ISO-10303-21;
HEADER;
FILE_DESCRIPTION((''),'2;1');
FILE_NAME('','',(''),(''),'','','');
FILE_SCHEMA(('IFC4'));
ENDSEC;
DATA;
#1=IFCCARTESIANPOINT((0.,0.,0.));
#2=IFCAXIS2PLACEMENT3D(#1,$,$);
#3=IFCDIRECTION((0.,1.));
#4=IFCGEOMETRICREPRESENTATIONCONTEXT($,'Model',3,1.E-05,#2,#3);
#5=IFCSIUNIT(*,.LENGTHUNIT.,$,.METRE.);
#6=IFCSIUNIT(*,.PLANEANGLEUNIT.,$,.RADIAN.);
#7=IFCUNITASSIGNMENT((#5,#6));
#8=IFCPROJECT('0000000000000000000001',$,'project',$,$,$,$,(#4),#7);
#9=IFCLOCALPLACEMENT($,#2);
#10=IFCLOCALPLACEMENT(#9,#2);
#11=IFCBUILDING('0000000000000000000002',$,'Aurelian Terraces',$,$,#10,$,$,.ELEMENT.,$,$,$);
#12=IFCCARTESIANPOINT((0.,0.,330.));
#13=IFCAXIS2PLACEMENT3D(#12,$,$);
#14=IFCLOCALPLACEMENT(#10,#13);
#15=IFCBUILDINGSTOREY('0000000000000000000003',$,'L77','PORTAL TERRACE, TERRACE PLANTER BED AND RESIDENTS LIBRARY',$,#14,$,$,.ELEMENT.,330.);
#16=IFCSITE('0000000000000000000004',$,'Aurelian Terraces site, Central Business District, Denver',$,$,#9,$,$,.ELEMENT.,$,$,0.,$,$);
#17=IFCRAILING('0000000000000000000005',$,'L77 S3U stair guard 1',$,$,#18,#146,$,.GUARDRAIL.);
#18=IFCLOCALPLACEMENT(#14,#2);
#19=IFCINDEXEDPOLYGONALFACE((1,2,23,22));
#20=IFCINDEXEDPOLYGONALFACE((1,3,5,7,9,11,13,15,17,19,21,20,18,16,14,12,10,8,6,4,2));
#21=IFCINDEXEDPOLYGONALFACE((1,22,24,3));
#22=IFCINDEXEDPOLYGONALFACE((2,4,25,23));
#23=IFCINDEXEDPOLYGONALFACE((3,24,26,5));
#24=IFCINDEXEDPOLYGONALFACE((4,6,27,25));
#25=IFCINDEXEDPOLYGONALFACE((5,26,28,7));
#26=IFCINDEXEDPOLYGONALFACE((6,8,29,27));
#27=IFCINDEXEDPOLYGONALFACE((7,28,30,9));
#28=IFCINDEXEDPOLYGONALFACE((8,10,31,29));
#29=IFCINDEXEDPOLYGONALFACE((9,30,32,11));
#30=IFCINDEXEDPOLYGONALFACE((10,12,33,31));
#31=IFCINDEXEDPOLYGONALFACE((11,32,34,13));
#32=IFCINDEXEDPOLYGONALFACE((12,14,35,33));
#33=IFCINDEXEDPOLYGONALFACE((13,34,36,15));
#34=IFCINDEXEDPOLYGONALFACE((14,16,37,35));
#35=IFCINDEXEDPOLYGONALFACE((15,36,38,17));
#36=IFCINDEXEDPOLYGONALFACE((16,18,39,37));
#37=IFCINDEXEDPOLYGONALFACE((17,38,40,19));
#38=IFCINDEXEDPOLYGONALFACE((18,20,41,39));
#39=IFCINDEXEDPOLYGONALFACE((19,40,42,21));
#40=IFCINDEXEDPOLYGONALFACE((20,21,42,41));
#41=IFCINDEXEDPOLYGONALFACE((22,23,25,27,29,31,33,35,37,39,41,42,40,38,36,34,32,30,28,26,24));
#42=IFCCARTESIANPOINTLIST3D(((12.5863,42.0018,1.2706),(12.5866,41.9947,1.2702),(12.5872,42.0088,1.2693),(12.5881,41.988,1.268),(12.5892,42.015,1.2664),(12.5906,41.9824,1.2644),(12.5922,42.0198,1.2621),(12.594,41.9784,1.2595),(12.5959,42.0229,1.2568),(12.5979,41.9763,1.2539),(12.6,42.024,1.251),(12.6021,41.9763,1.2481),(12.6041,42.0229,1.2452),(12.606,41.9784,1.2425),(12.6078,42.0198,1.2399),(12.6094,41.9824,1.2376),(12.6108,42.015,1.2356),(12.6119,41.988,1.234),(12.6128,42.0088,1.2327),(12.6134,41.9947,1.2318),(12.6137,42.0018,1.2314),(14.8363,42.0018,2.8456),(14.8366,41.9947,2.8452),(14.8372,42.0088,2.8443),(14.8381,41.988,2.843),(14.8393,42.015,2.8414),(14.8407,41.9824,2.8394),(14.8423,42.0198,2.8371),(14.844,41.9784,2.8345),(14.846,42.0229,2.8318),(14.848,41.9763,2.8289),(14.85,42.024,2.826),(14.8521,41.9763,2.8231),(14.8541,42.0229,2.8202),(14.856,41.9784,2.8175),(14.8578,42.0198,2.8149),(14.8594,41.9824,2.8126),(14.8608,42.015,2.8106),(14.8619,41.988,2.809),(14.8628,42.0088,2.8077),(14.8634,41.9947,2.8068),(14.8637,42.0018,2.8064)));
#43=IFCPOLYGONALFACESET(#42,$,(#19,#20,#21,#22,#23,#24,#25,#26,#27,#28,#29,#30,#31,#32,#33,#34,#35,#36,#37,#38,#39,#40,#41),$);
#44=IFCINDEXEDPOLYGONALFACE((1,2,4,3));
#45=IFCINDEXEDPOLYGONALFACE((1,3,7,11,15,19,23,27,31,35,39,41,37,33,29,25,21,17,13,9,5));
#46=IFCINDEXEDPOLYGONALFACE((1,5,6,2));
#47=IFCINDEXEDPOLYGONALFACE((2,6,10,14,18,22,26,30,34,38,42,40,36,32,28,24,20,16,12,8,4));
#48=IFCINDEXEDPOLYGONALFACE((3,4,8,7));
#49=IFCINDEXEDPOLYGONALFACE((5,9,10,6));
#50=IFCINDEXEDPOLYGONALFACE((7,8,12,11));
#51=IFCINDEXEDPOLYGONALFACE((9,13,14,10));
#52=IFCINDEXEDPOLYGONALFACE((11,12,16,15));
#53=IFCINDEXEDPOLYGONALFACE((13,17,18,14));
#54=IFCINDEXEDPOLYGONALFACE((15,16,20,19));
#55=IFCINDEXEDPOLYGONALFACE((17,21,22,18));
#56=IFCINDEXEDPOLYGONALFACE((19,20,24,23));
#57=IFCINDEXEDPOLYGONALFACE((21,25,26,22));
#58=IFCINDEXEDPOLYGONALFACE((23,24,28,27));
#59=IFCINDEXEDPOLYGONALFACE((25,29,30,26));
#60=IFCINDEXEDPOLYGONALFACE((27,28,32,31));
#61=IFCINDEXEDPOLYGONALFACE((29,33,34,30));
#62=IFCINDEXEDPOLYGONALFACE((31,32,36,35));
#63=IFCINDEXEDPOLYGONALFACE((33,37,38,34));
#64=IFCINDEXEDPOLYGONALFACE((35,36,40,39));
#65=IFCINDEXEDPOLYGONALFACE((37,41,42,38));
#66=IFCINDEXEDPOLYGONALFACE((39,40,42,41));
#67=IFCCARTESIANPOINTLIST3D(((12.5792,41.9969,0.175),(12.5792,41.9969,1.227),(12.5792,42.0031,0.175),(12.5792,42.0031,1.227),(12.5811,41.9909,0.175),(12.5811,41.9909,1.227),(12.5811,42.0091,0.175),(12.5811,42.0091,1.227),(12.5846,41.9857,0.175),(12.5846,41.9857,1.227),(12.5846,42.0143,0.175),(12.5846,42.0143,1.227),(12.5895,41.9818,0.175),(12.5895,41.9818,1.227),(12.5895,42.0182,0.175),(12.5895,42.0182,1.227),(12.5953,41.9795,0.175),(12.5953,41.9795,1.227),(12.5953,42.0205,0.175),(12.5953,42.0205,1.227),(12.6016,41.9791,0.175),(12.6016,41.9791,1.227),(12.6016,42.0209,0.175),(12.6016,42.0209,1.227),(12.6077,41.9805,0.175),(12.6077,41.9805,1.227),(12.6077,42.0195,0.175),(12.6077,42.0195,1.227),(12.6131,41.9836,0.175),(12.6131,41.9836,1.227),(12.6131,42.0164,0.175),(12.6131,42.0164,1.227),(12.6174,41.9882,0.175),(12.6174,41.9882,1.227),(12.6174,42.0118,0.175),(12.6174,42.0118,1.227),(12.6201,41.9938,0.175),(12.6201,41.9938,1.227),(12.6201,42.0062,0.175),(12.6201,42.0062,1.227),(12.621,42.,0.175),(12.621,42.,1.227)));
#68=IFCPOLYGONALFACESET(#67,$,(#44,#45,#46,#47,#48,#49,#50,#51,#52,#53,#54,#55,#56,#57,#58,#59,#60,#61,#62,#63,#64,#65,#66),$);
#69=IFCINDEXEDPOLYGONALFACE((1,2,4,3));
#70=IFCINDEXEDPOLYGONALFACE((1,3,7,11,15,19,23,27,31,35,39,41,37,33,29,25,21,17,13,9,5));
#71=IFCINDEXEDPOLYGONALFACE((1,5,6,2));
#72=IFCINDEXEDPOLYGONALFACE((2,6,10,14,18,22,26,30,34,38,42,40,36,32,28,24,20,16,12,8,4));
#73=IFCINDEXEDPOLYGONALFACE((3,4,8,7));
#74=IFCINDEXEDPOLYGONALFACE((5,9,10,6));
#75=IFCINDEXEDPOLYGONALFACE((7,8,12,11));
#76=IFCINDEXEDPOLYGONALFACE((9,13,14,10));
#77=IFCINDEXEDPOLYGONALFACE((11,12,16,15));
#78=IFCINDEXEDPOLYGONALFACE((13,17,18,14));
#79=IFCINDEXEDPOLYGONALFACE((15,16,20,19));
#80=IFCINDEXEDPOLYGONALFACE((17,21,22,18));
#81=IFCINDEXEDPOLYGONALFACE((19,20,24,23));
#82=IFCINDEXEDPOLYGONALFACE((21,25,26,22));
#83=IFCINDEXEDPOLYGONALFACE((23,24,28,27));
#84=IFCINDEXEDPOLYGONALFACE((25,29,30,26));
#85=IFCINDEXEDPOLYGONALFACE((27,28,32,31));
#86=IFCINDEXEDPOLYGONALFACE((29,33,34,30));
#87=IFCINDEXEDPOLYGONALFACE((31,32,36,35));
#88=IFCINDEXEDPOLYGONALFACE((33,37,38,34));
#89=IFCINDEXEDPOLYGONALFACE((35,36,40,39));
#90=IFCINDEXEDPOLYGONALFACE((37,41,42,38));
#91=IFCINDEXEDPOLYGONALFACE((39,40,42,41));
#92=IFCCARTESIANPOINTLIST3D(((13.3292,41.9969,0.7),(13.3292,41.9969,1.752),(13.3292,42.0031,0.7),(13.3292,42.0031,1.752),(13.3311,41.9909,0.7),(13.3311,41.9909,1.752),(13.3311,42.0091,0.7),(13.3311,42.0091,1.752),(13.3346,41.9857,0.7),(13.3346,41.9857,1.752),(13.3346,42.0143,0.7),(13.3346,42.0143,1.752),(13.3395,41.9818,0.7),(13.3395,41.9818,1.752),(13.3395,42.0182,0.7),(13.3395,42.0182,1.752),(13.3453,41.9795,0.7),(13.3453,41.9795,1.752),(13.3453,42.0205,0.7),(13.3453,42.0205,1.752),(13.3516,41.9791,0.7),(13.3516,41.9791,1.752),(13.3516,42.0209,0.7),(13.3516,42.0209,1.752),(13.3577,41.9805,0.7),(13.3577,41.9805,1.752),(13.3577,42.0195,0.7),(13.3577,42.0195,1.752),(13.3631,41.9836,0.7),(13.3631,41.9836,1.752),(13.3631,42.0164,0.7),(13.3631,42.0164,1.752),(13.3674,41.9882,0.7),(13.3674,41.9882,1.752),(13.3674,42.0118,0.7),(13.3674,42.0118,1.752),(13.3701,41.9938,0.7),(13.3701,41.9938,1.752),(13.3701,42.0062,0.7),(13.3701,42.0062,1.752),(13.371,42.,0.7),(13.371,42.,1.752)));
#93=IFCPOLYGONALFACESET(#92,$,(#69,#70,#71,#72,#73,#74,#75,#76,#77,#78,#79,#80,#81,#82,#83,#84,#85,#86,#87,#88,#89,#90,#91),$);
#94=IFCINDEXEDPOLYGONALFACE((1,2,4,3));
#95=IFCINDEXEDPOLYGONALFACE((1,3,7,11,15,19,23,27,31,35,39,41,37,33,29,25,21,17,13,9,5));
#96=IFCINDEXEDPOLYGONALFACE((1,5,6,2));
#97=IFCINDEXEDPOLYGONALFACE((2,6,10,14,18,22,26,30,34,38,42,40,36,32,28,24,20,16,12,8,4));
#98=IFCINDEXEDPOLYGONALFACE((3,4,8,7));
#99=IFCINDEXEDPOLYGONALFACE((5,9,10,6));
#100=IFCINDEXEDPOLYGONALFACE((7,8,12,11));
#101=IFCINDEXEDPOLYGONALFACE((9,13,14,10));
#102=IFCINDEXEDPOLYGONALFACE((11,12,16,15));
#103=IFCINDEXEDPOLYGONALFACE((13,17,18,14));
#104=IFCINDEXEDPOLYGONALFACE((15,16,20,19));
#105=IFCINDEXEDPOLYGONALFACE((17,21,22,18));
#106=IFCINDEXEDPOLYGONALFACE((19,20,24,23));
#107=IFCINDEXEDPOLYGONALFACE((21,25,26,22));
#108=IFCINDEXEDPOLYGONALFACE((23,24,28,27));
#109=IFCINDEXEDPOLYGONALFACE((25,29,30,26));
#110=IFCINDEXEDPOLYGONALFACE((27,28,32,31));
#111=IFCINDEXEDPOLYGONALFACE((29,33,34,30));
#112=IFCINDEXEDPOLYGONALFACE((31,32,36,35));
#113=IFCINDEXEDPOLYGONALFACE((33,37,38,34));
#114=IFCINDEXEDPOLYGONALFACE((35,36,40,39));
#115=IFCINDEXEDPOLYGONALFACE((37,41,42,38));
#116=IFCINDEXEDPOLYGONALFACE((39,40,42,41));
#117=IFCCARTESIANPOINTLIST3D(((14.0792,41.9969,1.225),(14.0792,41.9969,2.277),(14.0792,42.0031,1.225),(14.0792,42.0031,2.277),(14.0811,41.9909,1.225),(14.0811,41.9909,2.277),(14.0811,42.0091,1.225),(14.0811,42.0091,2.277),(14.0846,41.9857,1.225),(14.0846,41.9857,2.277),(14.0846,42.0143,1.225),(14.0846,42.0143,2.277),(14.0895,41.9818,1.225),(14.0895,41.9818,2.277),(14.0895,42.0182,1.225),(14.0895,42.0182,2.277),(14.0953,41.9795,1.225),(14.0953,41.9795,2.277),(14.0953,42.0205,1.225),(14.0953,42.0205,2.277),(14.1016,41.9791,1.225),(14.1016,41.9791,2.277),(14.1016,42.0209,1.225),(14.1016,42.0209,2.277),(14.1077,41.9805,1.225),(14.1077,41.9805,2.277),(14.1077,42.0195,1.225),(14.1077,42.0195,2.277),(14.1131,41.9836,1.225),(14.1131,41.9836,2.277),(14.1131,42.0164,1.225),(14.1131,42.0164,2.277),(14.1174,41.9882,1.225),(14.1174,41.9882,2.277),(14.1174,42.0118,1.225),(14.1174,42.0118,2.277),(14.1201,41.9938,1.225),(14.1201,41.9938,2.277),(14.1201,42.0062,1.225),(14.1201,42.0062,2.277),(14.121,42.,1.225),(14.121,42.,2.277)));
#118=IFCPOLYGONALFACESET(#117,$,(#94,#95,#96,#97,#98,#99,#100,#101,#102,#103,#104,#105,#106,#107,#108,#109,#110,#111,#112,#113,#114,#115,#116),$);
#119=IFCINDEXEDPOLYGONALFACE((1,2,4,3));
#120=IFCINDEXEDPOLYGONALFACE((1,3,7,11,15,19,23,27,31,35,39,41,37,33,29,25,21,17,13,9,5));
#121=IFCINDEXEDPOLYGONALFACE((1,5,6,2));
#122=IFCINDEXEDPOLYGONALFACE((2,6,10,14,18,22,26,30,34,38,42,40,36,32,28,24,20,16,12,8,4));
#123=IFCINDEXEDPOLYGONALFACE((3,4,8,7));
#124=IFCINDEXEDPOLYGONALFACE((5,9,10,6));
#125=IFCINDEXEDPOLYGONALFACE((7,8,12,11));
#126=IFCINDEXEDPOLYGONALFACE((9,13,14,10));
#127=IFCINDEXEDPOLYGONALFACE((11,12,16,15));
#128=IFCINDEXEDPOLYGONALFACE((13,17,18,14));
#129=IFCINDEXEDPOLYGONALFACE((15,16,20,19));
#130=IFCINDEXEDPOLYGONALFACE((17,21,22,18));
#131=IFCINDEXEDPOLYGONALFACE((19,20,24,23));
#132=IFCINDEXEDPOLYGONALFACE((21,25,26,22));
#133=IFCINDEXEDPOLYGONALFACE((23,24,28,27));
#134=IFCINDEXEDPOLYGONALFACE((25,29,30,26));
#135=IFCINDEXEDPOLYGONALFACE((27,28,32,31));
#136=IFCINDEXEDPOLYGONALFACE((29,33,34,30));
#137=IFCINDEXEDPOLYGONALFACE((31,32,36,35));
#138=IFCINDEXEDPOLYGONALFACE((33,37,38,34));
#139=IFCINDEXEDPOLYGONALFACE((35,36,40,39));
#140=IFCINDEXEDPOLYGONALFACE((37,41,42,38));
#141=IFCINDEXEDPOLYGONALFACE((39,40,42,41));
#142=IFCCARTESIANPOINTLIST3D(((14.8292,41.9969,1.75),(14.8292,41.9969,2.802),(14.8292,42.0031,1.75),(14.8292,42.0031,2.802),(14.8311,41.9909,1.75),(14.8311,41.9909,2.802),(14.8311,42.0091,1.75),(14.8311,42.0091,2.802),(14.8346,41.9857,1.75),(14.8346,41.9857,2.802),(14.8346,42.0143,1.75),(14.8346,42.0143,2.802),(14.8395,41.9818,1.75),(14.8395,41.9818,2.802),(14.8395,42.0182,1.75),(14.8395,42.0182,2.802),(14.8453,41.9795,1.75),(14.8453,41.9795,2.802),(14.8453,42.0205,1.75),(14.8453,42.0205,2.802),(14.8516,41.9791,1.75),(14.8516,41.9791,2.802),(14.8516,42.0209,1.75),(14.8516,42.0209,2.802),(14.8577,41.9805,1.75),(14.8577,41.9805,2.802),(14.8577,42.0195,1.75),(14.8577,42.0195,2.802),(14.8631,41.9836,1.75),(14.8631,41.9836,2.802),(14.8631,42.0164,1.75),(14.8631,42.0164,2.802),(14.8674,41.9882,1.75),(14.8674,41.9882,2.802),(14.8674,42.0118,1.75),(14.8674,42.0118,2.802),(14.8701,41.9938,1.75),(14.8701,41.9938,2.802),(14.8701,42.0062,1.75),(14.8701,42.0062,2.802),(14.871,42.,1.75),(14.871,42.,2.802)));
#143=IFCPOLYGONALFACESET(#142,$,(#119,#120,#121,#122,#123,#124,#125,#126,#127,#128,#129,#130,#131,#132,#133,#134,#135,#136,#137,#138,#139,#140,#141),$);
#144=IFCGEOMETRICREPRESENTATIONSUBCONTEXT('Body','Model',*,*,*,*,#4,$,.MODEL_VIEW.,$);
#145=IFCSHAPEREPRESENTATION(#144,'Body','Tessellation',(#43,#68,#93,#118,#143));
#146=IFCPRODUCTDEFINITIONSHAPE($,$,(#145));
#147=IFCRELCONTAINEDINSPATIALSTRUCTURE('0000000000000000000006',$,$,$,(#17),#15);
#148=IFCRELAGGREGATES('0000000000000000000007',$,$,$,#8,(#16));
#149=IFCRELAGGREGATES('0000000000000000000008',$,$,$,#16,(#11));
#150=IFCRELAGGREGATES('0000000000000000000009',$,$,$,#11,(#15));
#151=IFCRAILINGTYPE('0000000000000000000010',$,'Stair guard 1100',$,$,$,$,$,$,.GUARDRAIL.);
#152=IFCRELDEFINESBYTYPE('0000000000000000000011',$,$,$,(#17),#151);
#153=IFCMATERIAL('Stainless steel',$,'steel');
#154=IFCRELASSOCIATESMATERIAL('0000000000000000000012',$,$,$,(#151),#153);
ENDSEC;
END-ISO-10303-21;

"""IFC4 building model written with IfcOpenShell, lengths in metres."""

from ifc_helpers import new_model, si_unit, direction, frame, origin, origin_2d, place, context, subcontext, project, spatial, circle, extrude, source, transform, mapped, material, type_object, element, save


model = new_model("IFC4")

# Units and contexts
model_context = context("Model", 3, precision=1e-05, world=origin(), true_north=direction((0.0, 1.0)))
body_context = subcontext(model_context, "Body", "Model", "MODEL_VIEW")
ifc_project = project(units=[si_unit("LENGTHUNIT", "METRE"), si_unit("PLANEANGLEUNIT", "RADIAN")], contexts=[model_context])

# Site, building, storey
site_placement = place(None, origin())
site = spatial("IfcSite", under=ifc_project, at=site_placement, Name="Aurelian Terraces site, Central Business District, Denver", CompositionType="ELEMENT", RefElevation=0.0)
building_placement = place(site_placement, origin())
building = spatial("IfcBuilding", under=site, at=building_placement, Name="Aurelian Terraces", CompositionType="ELEMENT")
storey_placement = place(building_placement, frame((0.0, 0.0, 330.0)))
storey = spatial("IfcBuildingStorey", under=building, at=storey_placement, Name="L77", Description="PORTAL TERRACE, TERRACE PLANTER BED AND RESIDENTS LIBRARY", CompositionType="ELEMENT", Elevation=330.0)

# Railing
ifc_material_1 = material(Name="Stainless steel", Category="steel")
railing_type_1 = type_object("IfcRailingType", Name="Stair guard 1100", PredefinedType="GUARDRAIL", material=ifc_material_1)
shared_shape_1 = source(origin(), body_context, "Body", "SweptSolid", [
    extrude(circle(Radius=0.024, at=origin_2d()), frame((0.0, 0.0, 1.076), z_axis=(0.819232, 0.0, 0.573462), x_axis=(0.0, 1.0, 0.0)), (0.0, 0.0, 1.0), 2.7465),
    extrude(circle(Radius=0.021, at=origin_2d()), origin(), (0.0, 0.0, 1.0), 1.052),
    extrude(circle(Radius=0.021, at=origin_2d()), frame((0.75, 0.0, 0.525)), (0.0, 0.0, 1.0), 1.052),
    extrude(circle(Radius=0.021, at=origin_2d()), frame((1.5, 0.0, 1.05)), (0.0, 0.0, 1.0), 1.052),
    extrude(circle(Radius=0.021, at=origin_2d()), frame((2.25, 0.0, 1.575)), (0.0, 0.0, 1.0), 1.052),
])
railing_1_placement = place(storey_placement, frame((12.6, 42.0, 0.175)))
element("IfcRailing", 1, at=railing_1_placement, inside=storey, type_object=railing_type_1, Name="L77 S3U stair guard 1", PredefinedType="GUARDRAIL", context=body_context, shape_type="MappedRepresentation", body=[
    mapped(shared_shape_1, transform((0.0, 0.0, 0.0), scale=1.0)),
])

save(model, "model.ifc")
